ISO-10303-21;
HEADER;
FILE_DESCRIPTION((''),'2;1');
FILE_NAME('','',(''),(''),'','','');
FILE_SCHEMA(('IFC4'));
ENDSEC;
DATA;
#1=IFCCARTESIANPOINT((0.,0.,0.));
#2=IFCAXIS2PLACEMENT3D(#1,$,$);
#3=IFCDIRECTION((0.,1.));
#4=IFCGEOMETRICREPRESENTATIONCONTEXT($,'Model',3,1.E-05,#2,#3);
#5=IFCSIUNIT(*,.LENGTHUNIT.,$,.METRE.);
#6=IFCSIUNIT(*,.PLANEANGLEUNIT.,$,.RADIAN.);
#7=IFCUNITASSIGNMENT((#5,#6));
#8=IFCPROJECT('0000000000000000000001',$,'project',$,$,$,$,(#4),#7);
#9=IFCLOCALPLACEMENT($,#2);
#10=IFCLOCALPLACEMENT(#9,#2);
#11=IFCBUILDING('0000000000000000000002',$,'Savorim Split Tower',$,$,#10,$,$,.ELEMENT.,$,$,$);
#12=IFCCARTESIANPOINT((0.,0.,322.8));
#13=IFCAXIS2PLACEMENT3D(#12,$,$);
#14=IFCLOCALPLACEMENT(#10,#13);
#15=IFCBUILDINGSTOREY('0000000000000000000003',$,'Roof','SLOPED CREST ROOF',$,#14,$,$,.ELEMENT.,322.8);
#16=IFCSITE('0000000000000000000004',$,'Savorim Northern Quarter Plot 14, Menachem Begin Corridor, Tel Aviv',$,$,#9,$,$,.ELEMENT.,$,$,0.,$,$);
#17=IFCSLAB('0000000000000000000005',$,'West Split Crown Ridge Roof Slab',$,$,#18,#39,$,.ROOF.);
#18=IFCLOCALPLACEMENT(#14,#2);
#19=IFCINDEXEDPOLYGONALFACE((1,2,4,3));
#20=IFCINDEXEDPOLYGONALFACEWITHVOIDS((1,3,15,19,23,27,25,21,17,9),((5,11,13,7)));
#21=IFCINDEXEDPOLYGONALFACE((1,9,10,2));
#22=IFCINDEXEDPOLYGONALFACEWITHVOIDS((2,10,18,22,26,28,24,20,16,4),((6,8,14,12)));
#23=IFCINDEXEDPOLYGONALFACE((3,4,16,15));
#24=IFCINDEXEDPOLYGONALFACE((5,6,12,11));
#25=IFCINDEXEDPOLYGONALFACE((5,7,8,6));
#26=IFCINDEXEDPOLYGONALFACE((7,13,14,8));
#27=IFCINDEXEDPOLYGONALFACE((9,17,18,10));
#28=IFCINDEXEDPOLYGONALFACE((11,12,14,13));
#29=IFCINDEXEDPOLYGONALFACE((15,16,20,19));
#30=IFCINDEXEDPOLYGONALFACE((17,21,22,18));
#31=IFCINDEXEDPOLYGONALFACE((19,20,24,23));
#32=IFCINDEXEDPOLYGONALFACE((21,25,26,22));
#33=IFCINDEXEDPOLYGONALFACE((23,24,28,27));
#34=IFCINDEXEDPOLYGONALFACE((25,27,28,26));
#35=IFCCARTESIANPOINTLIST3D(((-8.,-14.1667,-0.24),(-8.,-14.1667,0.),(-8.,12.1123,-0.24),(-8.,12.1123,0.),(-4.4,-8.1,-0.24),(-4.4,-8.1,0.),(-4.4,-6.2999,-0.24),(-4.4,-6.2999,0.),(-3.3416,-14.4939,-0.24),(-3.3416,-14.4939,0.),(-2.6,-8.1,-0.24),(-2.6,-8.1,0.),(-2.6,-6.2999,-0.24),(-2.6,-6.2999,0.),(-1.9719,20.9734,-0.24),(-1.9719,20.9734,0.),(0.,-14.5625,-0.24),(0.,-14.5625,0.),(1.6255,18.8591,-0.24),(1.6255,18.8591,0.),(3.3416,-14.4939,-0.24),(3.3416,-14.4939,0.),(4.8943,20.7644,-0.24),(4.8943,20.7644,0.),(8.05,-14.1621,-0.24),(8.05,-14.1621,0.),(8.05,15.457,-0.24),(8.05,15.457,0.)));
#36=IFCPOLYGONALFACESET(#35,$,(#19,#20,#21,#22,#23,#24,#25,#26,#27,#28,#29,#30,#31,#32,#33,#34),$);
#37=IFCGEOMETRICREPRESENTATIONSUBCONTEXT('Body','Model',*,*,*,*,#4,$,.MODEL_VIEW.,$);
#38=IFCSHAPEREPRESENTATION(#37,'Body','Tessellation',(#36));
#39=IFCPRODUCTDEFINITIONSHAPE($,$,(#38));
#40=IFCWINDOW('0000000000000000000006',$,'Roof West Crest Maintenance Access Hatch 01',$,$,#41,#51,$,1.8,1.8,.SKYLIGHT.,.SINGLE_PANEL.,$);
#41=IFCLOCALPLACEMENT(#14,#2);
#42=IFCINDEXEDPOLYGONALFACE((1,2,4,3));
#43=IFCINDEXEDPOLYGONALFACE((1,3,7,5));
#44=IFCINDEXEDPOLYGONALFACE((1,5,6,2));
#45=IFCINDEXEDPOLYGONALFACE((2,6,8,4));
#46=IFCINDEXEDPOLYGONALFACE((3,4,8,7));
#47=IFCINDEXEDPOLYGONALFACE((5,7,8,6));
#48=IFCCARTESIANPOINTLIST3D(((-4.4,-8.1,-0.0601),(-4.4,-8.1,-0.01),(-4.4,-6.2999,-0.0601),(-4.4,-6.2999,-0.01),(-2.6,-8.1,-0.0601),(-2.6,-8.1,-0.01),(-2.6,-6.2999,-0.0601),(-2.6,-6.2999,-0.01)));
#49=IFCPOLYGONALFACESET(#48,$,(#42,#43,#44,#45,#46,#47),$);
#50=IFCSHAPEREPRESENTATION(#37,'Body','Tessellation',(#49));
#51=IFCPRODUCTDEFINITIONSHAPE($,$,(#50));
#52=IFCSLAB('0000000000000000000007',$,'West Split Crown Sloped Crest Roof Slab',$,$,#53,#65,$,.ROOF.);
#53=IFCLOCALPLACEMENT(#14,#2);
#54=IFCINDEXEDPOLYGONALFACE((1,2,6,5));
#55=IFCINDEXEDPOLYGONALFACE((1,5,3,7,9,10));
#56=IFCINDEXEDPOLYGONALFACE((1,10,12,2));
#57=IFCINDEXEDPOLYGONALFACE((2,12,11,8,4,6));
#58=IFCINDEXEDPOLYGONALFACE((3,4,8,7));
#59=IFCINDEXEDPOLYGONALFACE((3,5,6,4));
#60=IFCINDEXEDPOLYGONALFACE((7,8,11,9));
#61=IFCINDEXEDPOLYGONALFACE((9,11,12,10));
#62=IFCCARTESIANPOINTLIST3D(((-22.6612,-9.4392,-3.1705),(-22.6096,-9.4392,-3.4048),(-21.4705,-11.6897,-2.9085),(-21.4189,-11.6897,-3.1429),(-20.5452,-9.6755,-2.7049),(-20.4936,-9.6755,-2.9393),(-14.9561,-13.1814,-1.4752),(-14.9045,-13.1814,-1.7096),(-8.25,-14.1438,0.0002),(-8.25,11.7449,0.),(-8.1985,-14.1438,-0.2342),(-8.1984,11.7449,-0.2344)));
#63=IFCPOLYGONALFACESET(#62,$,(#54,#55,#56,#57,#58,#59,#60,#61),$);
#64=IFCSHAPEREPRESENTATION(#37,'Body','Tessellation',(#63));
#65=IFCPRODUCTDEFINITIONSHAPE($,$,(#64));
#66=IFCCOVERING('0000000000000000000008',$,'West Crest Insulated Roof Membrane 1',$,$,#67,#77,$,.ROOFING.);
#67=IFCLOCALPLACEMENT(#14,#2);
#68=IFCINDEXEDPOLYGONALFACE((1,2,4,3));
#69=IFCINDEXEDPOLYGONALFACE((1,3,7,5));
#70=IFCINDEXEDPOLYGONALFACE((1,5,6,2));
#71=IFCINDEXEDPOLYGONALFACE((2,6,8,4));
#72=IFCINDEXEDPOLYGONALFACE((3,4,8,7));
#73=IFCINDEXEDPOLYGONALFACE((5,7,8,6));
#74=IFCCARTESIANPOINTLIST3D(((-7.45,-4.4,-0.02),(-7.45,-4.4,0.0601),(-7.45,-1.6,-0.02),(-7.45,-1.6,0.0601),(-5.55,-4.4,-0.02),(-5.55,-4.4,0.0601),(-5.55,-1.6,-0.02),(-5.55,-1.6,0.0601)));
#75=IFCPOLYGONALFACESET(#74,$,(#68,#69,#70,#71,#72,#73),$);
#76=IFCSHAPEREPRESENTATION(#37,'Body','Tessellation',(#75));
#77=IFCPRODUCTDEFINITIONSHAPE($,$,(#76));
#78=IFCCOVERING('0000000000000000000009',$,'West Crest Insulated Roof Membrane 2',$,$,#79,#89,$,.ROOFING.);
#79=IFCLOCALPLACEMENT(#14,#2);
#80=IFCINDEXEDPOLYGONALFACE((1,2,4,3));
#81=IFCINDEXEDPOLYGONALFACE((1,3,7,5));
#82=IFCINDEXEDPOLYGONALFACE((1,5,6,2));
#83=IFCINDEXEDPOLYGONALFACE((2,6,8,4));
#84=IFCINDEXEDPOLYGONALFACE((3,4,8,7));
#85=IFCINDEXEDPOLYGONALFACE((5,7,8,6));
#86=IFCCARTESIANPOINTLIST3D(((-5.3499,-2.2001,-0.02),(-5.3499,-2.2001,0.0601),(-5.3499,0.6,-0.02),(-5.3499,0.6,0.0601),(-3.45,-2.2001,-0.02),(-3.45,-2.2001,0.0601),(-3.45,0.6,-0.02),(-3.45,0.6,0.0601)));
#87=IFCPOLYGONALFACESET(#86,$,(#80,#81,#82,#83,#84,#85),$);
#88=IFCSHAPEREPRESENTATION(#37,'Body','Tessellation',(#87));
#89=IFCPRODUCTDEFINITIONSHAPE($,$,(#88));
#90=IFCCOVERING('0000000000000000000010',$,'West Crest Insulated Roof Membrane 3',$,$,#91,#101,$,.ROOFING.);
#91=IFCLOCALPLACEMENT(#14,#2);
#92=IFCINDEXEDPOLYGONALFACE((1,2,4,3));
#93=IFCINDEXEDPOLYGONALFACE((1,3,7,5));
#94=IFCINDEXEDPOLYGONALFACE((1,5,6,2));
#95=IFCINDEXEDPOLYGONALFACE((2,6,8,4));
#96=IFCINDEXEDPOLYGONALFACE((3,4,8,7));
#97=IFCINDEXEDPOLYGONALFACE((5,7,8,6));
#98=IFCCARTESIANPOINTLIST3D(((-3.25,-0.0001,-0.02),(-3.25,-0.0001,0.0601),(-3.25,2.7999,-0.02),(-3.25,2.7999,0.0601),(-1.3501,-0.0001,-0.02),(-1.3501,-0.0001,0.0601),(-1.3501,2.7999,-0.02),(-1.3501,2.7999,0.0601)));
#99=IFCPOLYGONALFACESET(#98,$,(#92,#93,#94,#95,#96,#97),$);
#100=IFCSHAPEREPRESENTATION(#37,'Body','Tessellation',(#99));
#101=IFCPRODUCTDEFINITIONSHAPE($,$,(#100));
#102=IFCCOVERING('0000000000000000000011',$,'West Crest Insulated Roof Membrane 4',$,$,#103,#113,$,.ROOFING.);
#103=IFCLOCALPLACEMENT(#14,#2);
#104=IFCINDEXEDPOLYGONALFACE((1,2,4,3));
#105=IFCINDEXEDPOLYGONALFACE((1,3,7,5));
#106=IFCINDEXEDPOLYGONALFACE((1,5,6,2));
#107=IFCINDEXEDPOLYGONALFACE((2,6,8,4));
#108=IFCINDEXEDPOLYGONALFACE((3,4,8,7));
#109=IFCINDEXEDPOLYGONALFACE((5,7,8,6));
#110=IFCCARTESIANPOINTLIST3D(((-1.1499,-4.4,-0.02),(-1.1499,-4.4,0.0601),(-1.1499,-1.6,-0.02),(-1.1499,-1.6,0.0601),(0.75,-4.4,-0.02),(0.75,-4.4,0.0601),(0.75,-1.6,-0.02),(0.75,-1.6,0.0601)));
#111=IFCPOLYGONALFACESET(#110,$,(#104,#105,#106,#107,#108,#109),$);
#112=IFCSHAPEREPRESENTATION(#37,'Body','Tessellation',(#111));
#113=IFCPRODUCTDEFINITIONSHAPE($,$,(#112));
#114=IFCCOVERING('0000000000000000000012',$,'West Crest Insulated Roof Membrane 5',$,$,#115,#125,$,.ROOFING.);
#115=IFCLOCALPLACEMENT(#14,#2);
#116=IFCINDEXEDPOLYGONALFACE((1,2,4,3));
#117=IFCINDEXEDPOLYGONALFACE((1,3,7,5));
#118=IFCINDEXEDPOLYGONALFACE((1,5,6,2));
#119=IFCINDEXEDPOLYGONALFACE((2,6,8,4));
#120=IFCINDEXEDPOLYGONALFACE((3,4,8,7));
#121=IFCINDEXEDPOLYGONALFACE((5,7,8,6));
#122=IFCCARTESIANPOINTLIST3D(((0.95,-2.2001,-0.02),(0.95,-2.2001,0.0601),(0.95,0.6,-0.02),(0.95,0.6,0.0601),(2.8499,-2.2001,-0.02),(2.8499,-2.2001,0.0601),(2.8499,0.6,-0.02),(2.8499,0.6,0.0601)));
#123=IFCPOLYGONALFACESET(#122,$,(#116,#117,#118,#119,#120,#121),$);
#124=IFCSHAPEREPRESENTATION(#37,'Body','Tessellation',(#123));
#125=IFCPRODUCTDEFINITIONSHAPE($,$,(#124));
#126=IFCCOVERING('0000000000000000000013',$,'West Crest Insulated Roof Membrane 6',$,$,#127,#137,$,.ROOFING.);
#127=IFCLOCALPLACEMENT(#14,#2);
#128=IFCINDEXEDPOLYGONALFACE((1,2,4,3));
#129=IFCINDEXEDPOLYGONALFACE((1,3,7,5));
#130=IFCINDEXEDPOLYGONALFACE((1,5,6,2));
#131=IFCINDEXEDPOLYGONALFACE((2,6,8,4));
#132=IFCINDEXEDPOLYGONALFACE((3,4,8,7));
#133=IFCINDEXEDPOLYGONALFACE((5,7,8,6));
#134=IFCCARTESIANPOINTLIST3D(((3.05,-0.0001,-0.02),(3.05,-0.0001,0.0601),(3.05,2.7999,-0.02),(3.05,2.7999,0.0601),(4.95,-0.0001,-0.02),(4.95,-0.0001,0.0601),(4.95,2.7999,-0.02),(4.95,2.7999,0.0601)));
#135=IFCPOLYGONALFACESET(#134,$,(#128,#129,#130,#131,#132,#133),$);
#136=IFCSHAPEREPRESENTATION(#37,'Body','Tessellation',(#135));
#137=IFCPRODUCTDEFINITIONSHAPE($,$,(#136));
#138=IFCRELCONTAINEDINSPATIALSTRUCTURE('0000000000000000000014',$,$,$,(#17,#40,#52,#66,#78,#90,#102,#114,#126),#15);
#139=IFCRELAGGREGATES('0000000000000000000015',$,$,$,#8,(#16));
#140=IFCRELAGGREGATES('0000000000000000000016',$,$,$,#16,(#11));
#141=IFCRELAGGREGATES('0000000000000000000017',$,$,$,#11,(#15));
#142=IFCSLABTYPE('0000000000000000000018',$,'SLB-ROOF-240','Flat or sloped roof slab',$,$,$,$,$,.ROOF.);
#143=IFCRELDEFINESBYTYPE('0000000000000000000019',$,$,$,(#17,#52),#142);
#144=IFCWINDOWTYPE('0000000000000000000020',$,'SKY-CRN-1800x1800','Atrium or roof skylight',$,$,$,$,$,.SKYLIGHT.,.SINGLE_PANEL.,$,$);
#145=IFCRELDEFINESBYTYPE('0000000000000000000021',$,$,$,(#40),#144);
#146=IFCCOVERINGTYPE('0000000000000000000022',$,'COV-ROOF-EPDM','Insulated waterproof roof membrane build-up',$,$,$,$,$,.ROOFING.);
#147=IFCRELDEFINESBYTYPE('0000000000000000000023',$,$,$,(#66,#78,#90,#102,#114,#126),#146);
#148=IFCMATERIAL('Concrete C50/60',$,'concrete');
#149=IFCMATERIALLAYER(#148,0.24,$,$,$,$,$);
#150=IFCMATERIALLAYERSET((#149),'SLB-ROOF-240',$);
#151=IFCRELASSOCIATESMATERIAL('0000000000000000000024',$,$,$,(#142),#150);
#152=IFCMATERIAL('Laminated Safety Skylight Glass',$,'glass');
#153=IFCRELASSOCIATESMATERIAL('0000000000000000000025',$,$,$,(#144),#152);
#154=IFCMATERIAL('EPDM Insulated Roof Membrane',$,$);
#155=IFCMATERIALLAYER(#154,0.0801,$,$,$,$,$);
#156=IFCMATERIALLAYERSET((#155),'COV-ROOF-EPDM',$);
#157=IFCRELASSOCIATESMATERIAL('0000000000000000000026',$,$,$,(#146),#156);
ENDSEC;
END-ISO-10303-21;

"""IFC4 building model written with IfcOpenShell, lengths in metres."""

from ifc_helpers import new_model, si_unit, direction, frame, origin, origin_2d, place, context, subcontext, project, spatial, polyline, rectangle, outline, extrude, material, layer, layer_set, type_object, element, fill, save


model = new_model("IFC4")

# Units and contexts
model_context = context("Model", 3, precision=1e-05, world=origin(), true_north=direction((0.0, 1.0)))
body_context = subcontext(model_context, "Body", "Model", "MODEL_VIEW")
ifc_project = project(units=[si_unit("LENGTHUNIT", "METRE"), si_unit("PLANEANGLEUNIT", "RADIAN")], contexts=[model_context])

# Site, building, storey
site_placement = place(None, origin())
site = spatial("IfcSite", under=ifc_project, at=site_placement, Name="Savorim Northern Quarter Plot 14, Menachem Begin Corridor, Tel Aviv", CompositionType="ELEMENT", RefElevation=0.0)
building_placement = place(site_placement, origin())
building = spatial("IfcBuilding", under=site, at=building_placement, Name="Savorim Split Tower", CompositionType="ELEMENT")
storey_placement = place(building_placement, frame((0.0, 0.0, 322.8)))
storey = spatial("IfcBuildingStorey", under=building, at=storey_placement, Name="Roof", Description="SLOPED CREST ROOF", CompositionType="ELEMENT", Elevation=322.8)

# Slab, opening, window
ifc_material_1 = material(Name="Concrete C50/60", Category="concrete")
ifc_layer_1 = layer(ifc_material_1, 0.24)
ifc_layer_set_1 = layer_set([ifc_layer_1], Name="SLB-ROOF-240")
slab_type = type_object("IfcSlabType", Name="SLB-ROOF-240", Description="Flat or sloped roof slab", PredefinedType="ROOF", material=ifc_layer_set_1)
slab_1_placement = place(storey_placement, frame((0.0, 0.0, -0.24)))
slab_1 = element("IfcSlab", 1, at=slab_1_placement, inside=storey, type_object=slab_type, Name="West Split Crown Ridge Roof Slab", PredefinedType="ROOF", context=body_context, shape_type="SweptSolid", body=[
    extrude(outline(polyline([(-8.0, 12.1123), (-8.0, -14.1667), (-3.3416, -14.4939), (0.0, -14.5625), (3.3416, -14.4939), (8.05, -14.1621), (8.05, 15.457), (4.8943, 20.7644), (1.6255, 18.8591), (-1.9719, 20.9734), (-8.0, 12.1123)])), origin(), (0.0, 0.0, 1.0), 0.24),
])
opening_placement = place(slab_1_placement, frame((-3.5, -7.2, -0.01)))
opening = element("IfcOpeningElement", 2, at=opening_placement, cuts=slab_1, PredefinedType="OPENING", context=body_context, shape_type="SweptSolid", body=[
    extrude(rectangle(XDim=1.8, YDim=1.8, at=origin_2d()), origin(), (0.0, 0.0, 1.0), 0.26),
])
ifc_material_2 = material(Name="Laminated Safety Skylight Glass", Category="glass")
window_type = type_object("IfcWindowType", Name="SKY-CRN-1800x1800", Description="Atrium or roof skylight", PartitioningType="SINGLE_PANEL", PredefinedType="SKYLIGHT", material=ifc_material_2)
window_placement = place(opening_placement, frame((0.0, 0.0, 0.1899)))
window = element("IfcWindow", 3, at=window_placement, inside=storey, type_object=window_type, Name="Roof West Crest Maintenance Access Hatch 01", OverallHeight=1.8, OverallWidth=1.8, PartitioningType="SINGLE_PANEL", PredefinedType="SKYLIGHT", context=body_context, shape_type="SweptSolid", body=[
    extrude(rectangle(XDim=1.8, YDim=1.8, at=origin_2d()), origin(), (0.0, 0.0, 1.0), 0.05),
])
fill(opening, window)

# Slab
slab_2_placement = place(storey_placement, frame((-8.25, 11.7449, 0.0), z_axis=(-0.214871, 0.000007, 0.976642), x_axis=(-0.558213, -0.820559, -0.122807)))
element("IfcSlab", 4, at=slab_2_placement, inside=storey, type_object=slab_type, Name="West Split Crown Sloped Crest Roof Slab", PredefinedType="ROOF", context=body_context, shape_type="SweptSolid", body=[
    extrude(outline(polyline([(0.0, 0.0), (25.8166, 0.0), (24.7722, 1.9129), (26.9665, 2.2867), (24.3781, 8.6126), (21.2432, 14.797), (0.0, 0.0)])), origin(), (0.0, 0.0, -1.0), 0.24),
])

# Coverings
ifc_material_3 = material(Name="EPDM Insulated Roof Membrane")
ifc_layer_2 = layer(ifc_material_3, 0.0801)
ifc_layer_set_2 = layer_set([ifc_layer_2], Name="COV-ROOF-EPDM")
covering_type = type_object("IfcCoveringType", Name="COV-ROOF-EPDM", Description="Insulated waterproof roof membrane build-up", PredefinedType="ROOFING", material=ifc_layer_set_2)
for number, where, z_axis, x_axis, name in (
    (5, (-6.5, -3.0, -0.02), (0.0, 0.0, 1.0), (1.0, 0.0, 0.0), "West Crest Insulated Roof Membrane 1"),
    (6, (-4.3999, -0.8, -0.02), (0.0, 0.0, 1.0), (1.0, 0.0, 0.0), "West Crest Insulated Roof Membrane 2"),
    (7, (-2.3, 1.3999, -0.02), (0.0, 0.0, 1.0), (1.0, 0.0, 0.0), "West Crest Insulated Roof Membrane 3"),
    (8, (-0.2, -3.0, -0.02), (0.0, 0.0, 1.0), (1.0, 0.0, 0.0), "West Crest Insulated Roof Membrane 4"),
    (9, (1.8999, -0.8, -0.02), (0.0, 0.0, 1.0), (1.0, 0.0, 0.0), "West Crest Insulated Roof Membrane 5"),
    (10, (4.0, 1.3999, -0.02), (0.0, 0.0, 1.0), (1.0, 0.0, 0.0), "West Crest Insulated Roof Membrane 6"),
):
    element("IfcCovering", number, at=place(storey_placement, frame(where, z_axis=z_axis, x_axis=x_axis)), inside=storey, type_object=covering_type, Name=name, PredefinedType="ROOFING", context=body_context, shape_type="SweptSolid", body=[
        extrude(rectangle(XDim=1.8999, YDim=2.8, at=origin_2d()), origin(), (0.0, 0.0, 1.0), 0.0801),
    ])

save(model, "model.ifc")
